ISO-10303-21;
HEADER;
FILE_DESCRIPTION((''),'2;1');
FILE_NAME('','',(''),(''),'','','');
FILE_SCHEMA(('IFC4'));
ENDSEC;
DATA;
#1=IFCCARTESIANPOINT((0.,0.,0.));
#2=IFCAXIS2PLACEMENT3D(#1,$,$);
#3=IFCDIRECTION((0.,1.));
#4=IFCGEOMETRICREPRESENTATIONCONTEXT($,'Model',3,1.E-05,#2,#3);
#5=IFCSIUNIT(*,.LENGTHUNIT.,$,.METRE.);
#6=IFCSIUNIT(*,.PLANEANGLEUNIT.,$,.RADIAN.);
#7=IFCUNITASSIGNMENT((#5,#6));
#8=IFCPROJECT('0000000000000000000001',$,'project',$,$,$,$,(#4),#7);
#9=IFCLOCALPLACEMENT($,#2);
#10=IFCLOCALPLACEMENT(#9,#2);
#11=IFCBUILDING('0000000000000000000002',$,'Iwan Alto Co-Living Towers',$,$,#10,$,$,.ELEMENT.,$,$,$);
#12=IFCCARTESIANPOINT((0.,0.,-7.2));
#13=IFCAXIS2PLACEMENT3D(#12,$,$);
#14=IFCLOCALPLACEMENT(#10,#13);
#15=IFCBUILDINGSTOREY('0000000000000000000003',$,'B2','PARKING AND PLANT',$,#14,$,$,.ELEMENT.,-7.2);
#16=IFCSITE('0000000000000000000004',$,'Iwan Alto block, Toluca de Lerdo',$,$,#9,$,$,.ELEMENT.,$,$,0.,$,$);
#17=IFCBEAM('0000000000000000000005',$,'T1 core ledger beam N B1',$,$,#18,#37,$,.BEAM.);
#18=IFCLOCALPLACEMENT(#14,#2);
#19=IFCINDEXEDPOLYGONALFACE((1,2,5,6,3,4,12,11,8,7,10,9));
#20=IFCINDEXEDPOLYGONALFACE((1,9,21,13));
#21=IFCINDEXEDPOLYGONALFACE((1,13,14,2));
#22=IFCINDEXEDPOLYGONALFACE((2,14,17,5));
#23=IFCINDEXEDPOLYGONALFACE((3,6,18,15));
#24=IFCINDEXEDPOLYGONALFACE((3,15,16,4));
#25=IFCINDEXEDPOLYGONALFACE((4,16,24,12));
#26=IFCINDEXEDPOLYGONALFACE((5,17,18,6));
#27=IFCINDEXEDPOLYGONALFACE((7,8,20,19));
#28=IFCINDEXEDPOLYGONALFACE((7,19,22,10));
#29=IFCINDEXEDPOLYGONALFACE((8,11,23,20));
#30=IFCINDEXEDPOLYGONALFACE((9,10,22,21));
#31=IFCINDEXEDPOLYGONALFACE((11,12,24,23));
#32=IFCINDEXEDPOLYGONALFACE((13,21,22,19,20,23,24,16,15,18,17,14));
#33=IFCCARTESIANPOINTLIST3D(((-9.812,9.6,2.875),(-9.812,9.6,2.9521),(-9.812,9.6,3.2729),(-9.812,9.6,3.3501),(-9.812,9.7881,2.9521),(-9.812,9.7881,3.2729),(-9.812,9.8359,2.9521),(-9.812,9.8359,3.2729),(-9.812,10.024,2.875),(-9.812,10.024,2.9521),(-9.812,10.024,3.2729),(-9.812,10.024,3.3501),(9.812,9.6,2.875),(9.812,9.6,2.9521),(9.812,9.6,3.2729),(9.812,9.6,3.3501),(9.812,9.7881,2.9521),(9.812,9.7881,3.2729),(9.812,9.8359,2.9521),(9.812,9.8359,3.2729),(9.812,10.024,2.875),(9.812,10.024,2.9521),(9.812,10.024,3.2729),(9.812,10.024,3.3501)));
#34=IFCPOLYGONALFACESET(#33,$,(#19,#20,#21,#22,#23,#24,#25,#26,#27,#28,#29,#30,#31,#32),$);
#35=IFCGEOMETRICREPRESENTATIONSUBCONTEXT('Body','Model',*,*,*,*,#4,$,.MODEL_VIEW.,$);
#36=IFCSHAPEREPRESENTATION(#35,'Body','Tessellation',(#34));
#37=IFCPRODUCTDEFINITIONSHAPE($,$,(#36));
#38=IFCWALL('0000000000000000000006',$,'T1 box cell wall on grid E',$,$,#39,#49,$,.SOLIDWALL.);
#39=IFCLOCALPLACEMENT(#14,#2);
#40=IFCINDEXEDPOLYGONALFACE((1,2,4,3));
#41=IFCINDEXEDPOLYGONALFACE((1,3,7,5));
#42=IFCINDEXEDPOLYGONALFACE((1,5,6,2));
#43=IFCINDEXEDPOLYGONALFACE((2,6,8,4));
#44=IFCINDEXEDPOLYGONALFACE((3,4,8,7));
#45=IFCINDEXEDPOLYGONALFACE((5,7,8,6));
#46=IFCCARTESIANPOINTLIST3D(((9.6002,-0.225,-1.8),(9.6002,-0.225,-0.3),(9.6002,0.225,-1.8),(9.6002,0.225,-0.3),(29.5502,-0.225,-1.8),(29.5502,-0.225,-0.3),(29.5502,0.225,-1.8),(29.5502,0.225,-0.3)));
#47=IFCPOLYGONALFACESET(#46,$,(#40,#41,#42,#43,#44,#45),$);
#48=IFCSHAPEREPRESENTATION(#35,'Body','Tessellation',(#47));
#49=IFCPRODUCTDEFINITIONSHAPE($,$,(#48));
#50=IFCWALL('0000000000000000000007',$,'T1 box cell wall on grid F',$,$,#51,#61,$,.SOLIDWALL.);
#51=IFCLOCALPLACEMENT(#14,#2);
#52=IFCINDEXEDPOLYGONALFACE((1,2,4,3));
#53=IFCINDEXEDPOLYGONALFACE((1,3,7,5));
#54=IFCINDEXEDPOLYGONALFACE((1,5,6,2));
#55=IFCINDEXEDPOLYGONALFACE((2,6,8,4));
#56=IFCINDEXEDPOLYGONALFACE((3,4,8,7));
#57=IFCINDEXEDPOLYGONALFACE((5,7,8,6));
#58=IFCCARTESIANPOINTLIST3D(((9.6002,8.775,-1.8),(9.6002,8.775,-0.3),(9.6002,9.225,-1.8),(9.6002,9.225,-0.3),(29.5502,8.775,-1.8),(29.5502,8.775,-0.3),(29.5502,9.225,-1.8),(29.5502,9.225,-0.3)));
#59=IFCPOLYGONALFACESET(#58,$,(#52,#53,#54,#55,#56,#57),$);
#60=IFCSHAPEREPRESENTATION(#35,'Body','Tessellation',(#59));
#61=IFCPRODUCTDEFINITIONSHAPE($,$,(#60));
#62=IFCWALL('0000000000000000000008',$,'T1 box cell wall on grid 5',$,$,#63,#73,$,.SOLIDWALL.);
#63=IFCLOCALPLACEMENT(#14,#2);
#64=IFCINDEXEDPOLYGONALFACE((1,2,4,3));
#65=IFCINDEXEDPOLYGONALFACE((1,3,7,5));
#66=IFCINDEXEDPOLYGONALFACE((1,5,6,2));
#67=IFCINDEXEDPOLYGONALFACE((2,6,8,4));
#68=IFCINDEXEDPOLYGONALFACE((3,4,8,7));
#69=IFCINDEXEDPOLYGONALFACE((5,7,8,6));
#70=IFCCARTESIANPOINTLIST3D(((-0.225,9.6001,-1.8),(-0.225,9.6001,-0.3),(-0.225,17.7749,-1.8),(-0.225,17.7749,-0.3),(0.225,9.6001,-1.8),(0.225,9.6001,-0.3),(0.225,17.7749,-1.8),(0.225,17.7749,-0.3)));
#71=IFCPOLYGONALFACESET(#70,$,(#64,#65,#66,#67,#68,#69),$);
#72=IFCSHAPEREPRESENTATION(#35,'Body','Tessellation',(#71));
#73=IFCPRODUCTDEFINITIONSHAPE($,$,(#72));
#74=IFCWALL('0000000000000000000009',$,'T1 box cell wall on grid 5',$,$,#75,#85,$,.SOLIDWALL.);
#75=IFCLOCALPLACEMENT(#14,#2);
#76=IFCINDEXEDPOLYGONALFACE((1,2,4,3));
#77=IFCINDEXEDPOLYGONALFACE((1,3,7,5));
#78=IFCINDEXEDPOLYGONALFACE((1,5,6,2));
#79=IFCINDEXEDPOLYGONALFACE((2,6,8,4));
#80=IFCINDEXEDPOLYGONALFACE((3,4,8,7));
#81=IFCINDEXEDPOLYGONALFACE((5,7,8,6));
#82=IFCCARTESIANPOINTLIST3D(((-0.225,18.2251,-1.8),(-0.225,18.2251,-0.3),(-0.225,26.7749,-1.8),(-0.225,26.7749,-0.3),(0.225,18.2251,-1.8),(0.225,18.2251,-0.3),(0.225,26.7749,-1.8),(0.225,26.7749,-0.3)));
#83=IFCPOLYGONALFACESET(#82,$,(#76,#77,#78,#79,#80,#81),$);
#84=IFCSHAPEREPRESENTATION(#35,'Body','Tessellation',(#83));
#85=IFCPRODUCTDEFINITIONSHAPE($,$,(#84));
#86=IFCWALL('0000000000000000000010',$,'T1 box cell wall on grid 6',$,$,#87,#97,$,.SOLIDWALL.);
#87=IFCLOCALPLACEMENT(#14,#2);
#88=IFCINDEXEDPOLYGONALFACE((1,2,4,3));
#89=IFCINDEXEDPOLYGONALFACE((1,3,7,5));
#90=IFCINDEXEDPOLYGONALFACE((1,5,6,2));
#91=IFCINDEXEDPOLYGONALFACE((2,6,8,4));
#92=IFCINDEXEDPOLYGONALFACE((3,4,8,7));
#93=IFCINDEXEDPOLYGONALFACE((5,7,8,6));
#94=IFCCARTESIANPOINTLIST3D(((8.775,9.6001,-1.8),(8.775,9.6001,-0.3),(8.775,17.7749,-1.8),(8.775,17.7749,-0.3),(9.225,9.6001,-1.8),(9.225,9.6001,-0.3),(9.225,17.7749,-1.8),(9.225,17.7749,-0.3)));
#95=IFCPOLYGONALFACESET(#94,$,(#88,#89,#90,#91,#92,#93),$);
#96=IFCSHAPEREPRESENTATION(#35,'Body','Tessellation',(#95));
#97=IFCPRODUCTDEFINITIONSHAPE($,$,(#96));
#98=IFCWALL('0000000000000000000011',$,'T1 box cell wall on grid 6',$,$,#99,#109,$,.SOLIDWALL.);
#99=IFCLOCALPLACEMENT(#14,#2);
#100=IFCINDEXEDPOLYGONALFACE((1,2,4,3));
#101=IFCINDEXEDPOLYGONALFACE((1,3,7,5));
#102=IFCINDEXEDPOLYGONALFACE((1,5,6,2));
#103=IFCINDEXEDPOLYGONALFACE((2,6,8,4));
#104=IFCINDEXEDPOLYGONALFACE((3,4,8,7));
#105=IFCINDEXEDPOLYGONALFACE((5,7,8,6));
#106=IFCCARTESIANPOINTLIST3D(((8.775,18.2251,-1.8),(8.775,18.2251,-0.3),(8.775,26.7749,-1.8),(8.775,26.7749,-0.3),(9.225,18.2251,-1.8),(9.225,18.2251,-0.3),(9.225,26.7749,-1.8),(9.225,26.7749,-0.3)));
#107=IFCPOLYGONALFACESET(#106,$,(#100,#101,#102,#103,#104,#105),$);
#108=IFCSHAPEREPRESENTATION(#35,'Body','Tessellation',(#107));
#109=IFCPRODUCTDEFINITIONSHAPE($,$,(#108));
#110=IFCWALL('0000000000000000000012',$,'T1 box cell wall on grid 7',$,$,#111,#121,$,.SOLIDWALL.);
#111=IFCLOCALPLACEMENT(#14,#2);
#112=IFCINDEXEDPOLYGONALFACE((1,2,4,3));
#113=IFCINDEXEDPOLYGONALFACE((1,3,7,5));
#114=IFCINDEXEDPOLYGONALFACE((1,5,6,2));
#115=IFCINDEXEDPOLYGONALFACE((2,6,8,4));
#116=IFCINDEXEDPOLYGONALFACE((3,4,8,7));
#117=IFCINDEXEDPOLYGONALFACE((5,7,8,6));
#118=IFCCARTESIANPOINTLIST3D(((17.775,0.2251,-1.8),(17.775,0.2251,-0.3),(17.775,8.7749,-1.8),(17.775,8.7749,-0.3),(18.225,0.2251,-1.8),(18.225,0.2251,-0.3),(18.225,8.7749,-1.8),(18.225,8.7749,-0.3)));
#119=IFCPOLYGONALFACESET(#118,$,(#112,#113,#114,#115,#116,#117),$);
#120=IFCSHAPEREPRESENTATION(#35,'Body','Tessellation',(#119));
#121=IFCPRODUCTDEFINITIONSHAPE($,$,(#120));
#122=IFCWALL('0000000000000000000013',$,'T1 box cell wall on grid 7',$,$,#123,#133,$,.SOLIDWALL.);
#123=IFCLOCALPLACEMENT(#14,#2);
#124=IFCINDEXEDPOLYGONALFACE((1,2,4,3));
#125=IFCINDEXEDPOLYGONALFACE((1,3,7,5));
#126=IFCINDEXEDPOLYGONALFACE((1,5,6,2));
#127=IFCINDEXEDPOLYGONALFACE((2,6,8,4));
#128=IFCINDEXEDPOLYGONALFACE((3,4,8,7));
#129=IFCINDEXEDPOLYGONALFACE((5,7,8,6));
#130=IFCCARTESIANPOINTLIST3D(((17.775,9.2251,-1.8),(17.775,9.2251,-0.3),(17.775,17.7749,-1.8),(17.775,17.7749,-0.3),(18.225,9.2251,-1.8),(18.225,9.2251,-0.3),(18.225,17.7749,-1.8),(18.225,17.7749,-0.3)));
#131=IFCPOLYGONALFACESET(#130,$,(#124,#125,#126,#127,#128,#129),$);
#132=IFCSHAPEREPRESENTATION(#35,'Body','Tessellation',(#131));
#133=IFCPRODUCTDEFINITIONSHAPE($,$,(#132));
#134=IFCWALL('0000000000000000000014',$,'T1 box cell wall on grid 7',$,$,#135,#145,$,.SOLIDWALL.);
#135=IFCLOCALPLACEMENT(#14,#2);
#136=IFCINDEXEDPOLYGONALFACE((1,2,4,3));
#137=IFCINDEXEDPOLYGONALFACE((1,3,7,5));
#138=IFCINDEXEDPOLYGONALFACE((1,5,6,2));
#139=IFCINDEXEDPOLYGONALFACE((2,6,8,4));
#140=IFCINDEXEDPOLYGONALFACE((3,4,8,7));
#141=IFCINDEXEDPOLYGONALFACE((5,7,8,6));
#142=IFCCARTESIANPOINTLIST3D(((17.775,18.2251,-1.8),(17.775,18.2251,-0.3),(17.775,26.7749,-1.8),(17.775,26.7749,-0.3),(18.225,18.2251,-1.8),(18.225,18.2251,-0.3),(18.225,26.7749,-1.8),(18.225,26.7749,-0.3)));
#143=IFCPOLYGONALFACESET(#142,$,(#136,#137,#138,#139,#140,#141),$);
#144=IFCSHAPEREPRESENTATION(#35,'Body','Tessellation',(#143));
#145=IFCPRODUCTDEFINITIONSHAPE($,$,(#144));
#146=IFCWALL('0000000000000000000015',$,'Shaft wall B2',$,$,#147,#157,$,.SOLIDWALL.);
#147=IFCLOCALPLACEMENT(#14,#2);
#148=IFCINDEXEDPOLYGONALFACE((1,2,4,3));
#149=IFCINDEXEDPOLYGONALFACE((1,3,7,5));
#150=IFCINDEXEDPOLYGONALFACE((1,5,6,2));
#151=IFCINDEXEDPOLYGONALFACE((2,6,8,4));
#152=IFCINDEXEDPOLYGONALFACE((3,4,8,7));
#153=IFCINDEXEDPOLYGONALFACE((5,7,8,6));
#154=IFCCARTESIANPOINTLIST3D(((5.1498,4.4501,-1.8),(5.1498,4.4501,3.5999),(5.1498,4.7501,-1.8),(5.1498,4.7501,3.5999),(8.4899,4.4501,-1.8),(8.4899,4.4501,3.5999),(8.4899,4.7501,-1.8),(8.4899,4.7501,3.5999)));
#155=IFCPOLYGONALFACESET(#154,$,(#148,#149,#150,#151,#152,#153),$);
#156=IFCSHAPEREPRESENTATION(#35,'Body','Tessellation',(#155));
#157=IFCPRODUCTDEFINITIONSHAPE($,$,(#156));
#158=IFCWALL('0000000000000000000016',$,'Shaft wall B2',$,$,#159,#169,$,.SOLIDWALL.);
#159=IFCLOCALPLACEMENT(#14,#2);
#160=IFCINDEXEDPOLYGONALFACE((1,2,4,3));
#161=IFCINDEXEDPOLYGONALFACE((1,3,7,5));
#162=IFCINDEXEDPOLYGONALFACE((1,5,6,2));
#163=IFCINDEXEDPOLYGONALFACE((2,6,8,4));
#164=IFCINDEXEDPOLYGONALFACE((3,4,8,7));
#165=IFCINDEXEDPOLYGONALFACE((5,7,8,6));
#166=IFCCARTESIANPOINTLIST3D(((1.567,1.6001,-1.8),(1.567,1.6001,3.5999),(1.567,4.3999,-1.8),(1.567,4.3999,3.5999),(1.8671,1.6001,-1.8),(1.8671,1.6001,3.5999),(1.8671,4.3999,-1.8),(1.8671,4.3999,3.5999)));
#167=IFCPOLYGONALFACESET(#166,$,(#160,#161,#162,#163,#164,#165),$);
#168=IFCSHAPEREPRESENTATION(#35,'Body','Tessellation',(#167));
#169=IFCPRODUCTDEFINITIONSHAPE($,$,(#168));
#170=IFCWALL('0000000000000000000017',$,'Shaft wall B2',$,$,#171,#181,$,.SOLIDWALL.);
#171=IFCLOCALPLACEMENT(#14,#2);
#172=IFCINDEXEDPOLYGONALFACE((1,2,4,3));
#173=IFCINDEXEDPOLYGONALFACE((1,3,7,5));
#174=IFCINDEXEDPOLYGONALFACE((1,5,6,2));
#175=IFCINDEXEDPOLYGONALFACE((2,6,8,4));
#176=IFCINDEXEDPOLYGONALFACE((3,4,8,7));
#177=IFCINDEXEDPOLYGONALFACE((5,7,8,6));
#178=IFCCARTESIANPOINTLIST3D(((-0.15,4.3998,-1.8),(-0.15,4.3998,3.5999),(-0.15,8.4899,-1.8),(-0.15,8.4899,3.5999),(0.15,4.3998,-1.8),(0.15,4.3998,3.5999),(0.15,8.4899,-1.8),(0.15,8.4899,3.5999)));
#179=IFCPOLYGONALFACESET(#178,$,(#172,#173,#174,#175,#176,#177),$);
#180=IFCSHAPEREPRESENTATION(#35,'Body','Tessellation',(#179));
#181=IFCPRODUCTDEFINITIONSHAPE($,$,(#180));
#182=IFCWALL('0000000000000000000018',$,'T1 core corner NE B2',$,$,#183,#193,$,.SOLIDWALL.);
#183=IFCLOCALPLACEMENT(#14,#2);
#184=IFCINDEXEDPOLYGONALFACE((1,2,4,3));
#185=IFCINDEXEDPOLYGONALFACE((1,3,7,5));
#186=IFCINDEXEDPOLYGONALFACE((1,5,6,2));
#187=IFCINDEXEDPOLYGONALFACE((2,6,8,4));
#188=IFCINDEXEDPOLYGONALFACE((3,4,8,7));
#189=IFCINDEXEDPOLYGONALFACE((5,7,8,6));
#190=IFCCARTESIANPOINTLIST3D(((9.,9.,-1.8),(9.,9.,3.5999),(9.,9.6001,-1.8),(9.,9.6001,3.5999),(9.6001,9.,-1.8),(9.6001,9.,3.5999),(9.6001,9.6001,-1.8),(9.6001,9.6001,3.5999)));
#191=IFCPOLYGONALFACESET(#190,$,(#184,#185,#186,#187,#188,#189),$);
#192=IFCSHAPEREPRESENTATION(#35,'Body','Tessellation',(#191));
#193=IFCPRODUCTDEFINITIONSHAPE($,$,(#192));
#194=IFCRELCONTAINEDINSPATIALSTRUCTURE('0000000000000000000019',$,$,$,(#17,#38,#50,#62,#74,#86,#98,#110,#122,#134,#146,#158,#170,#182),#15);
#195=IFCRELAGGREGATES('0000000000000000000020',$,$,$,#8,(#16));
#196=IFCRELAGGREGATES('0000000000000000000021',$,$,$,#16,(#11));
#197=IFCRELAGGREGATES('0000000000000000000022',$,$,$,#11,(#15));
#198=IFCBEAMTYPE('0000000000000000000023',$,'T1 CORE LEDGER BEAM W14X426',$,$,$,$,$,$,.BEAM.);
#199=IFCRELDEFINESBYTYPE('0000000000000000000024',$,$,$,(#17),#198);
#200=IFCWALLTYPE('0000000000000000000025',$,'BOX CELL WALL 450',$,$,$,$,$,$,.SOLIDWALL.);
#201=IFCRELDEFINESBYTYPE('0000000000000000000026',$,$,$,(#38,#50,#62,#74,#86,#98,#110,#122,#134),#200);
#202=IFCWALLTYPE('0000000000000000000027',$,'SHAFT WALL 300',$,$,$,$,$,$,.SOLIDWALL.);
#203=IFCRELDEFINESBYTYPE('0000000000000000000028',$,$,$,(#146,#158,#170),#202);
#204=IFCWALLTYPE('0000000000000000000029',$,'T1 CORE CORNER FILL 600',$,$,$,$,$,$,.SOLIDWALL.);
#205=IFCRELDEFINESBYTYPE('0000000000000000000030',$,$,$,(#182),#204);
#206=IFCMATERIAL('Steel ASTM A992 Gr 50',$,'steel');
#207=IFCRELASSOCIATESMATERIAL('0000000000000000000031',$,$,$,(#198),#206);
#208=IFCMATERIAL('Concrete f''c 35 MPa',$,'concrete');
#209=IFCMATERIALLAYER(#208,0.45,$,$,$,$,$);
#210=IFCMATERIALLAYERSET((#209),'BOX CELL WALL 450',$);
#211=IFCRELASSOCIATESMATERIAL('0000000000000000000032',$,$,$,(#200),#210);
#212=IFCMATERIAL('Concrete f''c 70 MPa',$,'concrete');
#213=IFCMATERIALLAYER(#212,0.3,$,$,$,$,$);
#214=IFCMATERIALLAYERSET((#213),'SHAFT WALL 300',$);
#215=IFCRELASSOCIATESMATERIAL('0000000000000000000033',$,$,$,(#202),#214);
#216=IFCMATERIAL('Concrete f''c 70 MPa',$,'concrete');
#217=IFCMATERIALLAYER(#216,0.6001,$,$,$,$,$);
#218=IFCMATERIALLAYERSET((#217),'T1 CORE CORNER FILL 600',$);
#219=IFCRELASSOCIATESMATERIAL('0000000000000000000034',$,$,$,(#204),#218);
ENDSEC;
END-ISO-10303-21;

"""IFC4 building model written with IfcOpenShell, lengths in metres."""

from ifc_helpers import new_model, si_unit, direction, frame, frame_2d, origin, origin_2d, place, context, subcontext, project, spatial, rectangle, i_section, extrude, material, layer, layer_set, material_profile, profile_set, type_object, element, save


model = new_model("IFC4")

# Units and contexts
model_context = context("Model", 3, precision=1e-05, world=origin(), true_north=direction((0.0, 1.0)))
body_context = subcontext(model_context, "Body", "Model", "MODEL_VIEW")
ifc_project = project(units=[si_unit("LENGTHUNIT", "METRE"), si_unit("PLANEANGLEUNIT", "RADIAN")], contexts=[model_context])

# Site, building, storey
site_placement = place(None, origin())
site = spatial("IfcSite", under=ifc_project, at=site_placement, Name="Iwan Alto block, Toluca de Lerdo", CompositionType="ELEMENT", RefElevation=0.0)
building_placement = place(site_placement, origin())
building = spatial("IfcBuilding", under=site, at=building_placement, Name="Iwan Alto Co-Living Towers", CompositionType="ELEMENT")
storey_placement = place(building_placement, frame((0.0, 0.0, -7.2)))
storey = spatial("IfcBuildingStorey", under=building, at=storey_placement, Name="B2", Description="PARKING AND PLANT", CompositionType="ELEMENT", Elevation=-7.2)

# Beam
ifc_material_1 = material(Name="Steel ASTM A992 Gr 50", Category="steel")
ifc_material_profile = material_profile(ifc_material_1, i_section(OverallWidth=0.4241, OverallDepth=0.4751, WebThickness=0.0479, FlangeThickness=0.0771, at=origin_2d()), Name="W14X426")
ifc_profile_set = profile_set([ifc_material_profile], Name="Steel ASTM A992 Gr 50")
beam_type = type_object("IfcBeamType", Name="T1 CORE LEDGER BEAM W14X426", PredefinedType="BEAM", material=ifc_profile_set)
beam_placement = place(storey_placement, frame((9.812, 9.812, 3.1125), z_axis=(-1.0, 0.0, 0.0), x_axis=(0.0, -1.0, 0.0)))
element("IfcBeam", 1, at=beam_placement, inside=storey, type_object=beam_type, Name="T1 core ledger beam N B1", PredefinedType="BEAM", context=body_context, shape_type="SweptSolid", body=[
    extrude(i_section(OverallWidth=0.4241, OverallDepth=0.4751, WebThickness=0.0479, FlangeThickness=0.0771, at=origin_2d()), origin(), (0.0, 0.0, 1.0), 19.624),
])

# Walls
ifc_material_2 = material(Name="Concrete f'c 35 MPa", Category="concrete")
ifc_layer_1 = layer(ifc_material_2, 0.45)
ifc_layer_set_1 = layer_set([ifc_layer_1], Name="BOX CELL WALL 450")
wall_type_1 = type_object("IfcWallType", Name="BOX CELL WALL 450", PredefinedType="SOLIDWALL", material=ifc_layer_set_1)
for number, where, z_axis, x_axis, name in (
    (2, (9.6001, 0.0, -1.8), (0.0, 0.0, 1.0), (1.0, 0.0, 0.0), "T1 box cell wall on grid E"),
    (3, (9.6001, 9.0, -1.8), (0.0, 0.0, 1.0), (1.0, 0.0, 0.0), "T1 box cell wall on grid F"),
):
    element("IfcWall", number, at=place(storey_placement, frame(where, z_axis=z_axis, x_axis=x_axis)), inside=storey, type_object=wall_type_1, Name=name, PredefinedType="SOLIDWALL", context=body_context, shape_type="SweptSolid", body=[
        extrude(rectangle(XDim=19.95, YDim=0.45, at=frame_2d((9.9751, 0.0))), origin(), (0.0, 0.0, 1.0), 1.5),
    ])
wall_1_placement = place(storey_placement, frame((0.0, 9.6001, -1.8), z_axis=(0.0, 0.0, 1.0), x_axis=(0.0, 1.0, 0.0)))
element("IfcWall", 4, at=wall_1_placement, inside=storey, type_object=wall_type_1, Name="T1 box cell wall on grid 5", PredefinedType="SOLIDWALL", context=body_context, shape_type="SweptSolid", body=[
    extrude(rectangle(XDim=8.1748, YDim=0.45, at=frame_2d((4.0874, 0.0))), origin(), (0.0, 0.0, 1.0), 1.5),
])
wall_2_placement = place(storey_placement, frame((0.0, 18.2251, -1.8), z_axis=(0.0, 0.0, 1.0), x_axis=(0.0, 1.0, 0.0)))
element("IfcWall", 5, at=wall_2_placement, inside=storey, type_object=wall_type_1, Name="T1 box cell wall on grid 5", PredefinedType="SOLIDWALL", context=body_context, shape_type="SweptSolid", body=[
    extrude(rectangle(XDim=8.5498, YDim=0.45, at=frame_2d((4.2749, 0.0))), origin(), (0.0, 0.0, 1.0), 1.5),
])
wall_3_placement = place(storey_placement, frame((9.0, 9.6001, -1.8), z_axis=(0.0, 0.0, 1.0), x_axis=(0.0, 1.0, 0.0)))
element("IfcWall", 6, at=wall_3_placement, inside=storey, type_object=wall_type_1, Name="T1 box cell wall on grid 6", PredefinedType="SOLIDWALL", context=body_context, shape_type="SweptSolid", body=[
    extrude(rectangle(XDim=8.1748, YDim=0.45, at=frame_2d((4.0874, 0.0))), origin(), (0.0, 0.0, 1.0), 1.5),
])
for number, where, z_axis, x_axis, name in (
    (7, (9.0, 18.2251, -1.8), (0.0, 0.0, 1.0), (0.0, 1.0, 0.0), "T1 box cell wall on grid 6"),
    (8, (18.0, 0.2251, -1.8), (0.0, 0.0, 1.0), (0.0, 1.0, 0.0), "T1 box cell wall on grid 7"),
    (9, (18.0, 9.2251, -1.8), (0.0, 0.0, 1.0), (0.0, 1.0, 0.0), "T1 box cell wall on grid 7"),
    (10, (18.0, 18.2251, -1.8), (0.0, 0.0, 1.0), (0.0, 1.0, 0.0), "T1 box cell wall on grid 7"),
):
    element("IfcWall", number, at=place(storey_placement, frame(where, z_axis=z_axis, x_axis=x_axis)), inside=storey, type_object=wall_type_1, Name=name, PredefinedType="SOLIDWALL", context=body_context, shape_type="SweptSolid", body=[
        extrude(rectangle(XDim=8.5498, YDim=0.45, at=frame_2d((4.2749, 0.0))), origin(), (0.0, 0.0, 1.0), 1.5),
    ])
ifc_material_3 = material(Name="Concrete f'c 70 MPa", Category="concrete")
ifc_layer_2 = layer(ifc_material_3, 0.3)
ifc_layer_set_2 = layer_set([ifc_layer_2], Name="SHAFT WALL 300")
wall_type_2 = type_object("IfcWallType", Name="SHAFT WALL 300", PredefinedType="SOLIDWALL", material=ifc_layer_set_2)
wall_4_placement = place(storey_placement, frame((5.1499, 4.6001, -1.8), z_axis=(0.0, 0.0, 1.0), x_axis=(1.0, 0.0, 0.0)))
element("IfcWall", 11, at=wall_4_placement, inside=storey, type_object=wall_type_2, Name="Shaft wall B2", PredefinedType="SOLIDWALL", context=body_context, shape_type="SweptSolid", body=[
    extrude(rectangle(XDim=3.3401, YDim=0.3, at=frame_2d((1.6699, 0.0))), origin(), (0.0, 0.0, 1.0), 5.3999),
])
wall_5_placement = place(storey_placement, frame((1.717, 1.6001, -1.8), z_axis=(0.0, 0.0, 1.0), x_axis=(0.0, 1.0, 0.0)))
element("IfcWall", 12, at=wall_5_placement, inside=storey, type_object=wall_type_2, Name="Shaft wall B2", PredefinedType="SOLIDWALL", context=body_context, shape_type="SweptSolid", body=[
    extrude(rectangle(XDim=2.7998, YDim=0.3, at=frame_2d((1.3999, 0.0))), origin(), (0.0, 0.0, 1.0), 5.3999),
])
wall_6_placement = place(storey_placement, frame((0.0, 4.3999, -1.8), z_axis=(0.0, 0.0, 1.0), x_axis=(0.0, 1.0, 0.0)))
element("IfcWall", 13, at=wall_6_placement, inside=storey, type_object=wall_type_2, Name="Shaft wall B2", PredefinedType="SOLIDWALL", context=body_context, shape_type="SweptSolid", body=[
    extrude(rectangle(XDim=4.0901, YDim=0.3, at=frame_2d((2.0449, 0.0))), origin(), (0.0, 0.0, 1.0), 5.3999),
])
ifc_material_4 = material(Name="Concrete f'c 70 MPa", Category="concrete")
ifc_layer_3 = layer(ifc_material_4, 0.6001)
ifc_layer_set_3 = layer_set([ifc_layer_3], Name="T1 CORE CORNER FILL 600")
wall_type_3 = type_object("IfcWallType", Name="T1 CORE CORNER FILL 600", PredefinedType="SOLIDWALL", material=ifc_layer_set_3)
wall_7_placement = place(storey_placement, frame((9.0, 9.3, -1.8), z_axis=(0.0, 0.0, 1.0), x_axis=(1.0, 0.0, 0.0)))
element("IfcWall", 14, at=wall_7_placement, inside=storey, type_object=wall_type_3, Name="T1 core corner NE B2", PredefinedType="SOLIDWALL", context=body_context, shape_type="SweptSolid", body=[
    extrude(rectangle(XDim=0.6001, YDim=0.6001, at=frame_2d((0.3, 0.0))), origin(), (0.0, 0.0, 1.0), 5.3999),
])

save(model, "model.ifc")
